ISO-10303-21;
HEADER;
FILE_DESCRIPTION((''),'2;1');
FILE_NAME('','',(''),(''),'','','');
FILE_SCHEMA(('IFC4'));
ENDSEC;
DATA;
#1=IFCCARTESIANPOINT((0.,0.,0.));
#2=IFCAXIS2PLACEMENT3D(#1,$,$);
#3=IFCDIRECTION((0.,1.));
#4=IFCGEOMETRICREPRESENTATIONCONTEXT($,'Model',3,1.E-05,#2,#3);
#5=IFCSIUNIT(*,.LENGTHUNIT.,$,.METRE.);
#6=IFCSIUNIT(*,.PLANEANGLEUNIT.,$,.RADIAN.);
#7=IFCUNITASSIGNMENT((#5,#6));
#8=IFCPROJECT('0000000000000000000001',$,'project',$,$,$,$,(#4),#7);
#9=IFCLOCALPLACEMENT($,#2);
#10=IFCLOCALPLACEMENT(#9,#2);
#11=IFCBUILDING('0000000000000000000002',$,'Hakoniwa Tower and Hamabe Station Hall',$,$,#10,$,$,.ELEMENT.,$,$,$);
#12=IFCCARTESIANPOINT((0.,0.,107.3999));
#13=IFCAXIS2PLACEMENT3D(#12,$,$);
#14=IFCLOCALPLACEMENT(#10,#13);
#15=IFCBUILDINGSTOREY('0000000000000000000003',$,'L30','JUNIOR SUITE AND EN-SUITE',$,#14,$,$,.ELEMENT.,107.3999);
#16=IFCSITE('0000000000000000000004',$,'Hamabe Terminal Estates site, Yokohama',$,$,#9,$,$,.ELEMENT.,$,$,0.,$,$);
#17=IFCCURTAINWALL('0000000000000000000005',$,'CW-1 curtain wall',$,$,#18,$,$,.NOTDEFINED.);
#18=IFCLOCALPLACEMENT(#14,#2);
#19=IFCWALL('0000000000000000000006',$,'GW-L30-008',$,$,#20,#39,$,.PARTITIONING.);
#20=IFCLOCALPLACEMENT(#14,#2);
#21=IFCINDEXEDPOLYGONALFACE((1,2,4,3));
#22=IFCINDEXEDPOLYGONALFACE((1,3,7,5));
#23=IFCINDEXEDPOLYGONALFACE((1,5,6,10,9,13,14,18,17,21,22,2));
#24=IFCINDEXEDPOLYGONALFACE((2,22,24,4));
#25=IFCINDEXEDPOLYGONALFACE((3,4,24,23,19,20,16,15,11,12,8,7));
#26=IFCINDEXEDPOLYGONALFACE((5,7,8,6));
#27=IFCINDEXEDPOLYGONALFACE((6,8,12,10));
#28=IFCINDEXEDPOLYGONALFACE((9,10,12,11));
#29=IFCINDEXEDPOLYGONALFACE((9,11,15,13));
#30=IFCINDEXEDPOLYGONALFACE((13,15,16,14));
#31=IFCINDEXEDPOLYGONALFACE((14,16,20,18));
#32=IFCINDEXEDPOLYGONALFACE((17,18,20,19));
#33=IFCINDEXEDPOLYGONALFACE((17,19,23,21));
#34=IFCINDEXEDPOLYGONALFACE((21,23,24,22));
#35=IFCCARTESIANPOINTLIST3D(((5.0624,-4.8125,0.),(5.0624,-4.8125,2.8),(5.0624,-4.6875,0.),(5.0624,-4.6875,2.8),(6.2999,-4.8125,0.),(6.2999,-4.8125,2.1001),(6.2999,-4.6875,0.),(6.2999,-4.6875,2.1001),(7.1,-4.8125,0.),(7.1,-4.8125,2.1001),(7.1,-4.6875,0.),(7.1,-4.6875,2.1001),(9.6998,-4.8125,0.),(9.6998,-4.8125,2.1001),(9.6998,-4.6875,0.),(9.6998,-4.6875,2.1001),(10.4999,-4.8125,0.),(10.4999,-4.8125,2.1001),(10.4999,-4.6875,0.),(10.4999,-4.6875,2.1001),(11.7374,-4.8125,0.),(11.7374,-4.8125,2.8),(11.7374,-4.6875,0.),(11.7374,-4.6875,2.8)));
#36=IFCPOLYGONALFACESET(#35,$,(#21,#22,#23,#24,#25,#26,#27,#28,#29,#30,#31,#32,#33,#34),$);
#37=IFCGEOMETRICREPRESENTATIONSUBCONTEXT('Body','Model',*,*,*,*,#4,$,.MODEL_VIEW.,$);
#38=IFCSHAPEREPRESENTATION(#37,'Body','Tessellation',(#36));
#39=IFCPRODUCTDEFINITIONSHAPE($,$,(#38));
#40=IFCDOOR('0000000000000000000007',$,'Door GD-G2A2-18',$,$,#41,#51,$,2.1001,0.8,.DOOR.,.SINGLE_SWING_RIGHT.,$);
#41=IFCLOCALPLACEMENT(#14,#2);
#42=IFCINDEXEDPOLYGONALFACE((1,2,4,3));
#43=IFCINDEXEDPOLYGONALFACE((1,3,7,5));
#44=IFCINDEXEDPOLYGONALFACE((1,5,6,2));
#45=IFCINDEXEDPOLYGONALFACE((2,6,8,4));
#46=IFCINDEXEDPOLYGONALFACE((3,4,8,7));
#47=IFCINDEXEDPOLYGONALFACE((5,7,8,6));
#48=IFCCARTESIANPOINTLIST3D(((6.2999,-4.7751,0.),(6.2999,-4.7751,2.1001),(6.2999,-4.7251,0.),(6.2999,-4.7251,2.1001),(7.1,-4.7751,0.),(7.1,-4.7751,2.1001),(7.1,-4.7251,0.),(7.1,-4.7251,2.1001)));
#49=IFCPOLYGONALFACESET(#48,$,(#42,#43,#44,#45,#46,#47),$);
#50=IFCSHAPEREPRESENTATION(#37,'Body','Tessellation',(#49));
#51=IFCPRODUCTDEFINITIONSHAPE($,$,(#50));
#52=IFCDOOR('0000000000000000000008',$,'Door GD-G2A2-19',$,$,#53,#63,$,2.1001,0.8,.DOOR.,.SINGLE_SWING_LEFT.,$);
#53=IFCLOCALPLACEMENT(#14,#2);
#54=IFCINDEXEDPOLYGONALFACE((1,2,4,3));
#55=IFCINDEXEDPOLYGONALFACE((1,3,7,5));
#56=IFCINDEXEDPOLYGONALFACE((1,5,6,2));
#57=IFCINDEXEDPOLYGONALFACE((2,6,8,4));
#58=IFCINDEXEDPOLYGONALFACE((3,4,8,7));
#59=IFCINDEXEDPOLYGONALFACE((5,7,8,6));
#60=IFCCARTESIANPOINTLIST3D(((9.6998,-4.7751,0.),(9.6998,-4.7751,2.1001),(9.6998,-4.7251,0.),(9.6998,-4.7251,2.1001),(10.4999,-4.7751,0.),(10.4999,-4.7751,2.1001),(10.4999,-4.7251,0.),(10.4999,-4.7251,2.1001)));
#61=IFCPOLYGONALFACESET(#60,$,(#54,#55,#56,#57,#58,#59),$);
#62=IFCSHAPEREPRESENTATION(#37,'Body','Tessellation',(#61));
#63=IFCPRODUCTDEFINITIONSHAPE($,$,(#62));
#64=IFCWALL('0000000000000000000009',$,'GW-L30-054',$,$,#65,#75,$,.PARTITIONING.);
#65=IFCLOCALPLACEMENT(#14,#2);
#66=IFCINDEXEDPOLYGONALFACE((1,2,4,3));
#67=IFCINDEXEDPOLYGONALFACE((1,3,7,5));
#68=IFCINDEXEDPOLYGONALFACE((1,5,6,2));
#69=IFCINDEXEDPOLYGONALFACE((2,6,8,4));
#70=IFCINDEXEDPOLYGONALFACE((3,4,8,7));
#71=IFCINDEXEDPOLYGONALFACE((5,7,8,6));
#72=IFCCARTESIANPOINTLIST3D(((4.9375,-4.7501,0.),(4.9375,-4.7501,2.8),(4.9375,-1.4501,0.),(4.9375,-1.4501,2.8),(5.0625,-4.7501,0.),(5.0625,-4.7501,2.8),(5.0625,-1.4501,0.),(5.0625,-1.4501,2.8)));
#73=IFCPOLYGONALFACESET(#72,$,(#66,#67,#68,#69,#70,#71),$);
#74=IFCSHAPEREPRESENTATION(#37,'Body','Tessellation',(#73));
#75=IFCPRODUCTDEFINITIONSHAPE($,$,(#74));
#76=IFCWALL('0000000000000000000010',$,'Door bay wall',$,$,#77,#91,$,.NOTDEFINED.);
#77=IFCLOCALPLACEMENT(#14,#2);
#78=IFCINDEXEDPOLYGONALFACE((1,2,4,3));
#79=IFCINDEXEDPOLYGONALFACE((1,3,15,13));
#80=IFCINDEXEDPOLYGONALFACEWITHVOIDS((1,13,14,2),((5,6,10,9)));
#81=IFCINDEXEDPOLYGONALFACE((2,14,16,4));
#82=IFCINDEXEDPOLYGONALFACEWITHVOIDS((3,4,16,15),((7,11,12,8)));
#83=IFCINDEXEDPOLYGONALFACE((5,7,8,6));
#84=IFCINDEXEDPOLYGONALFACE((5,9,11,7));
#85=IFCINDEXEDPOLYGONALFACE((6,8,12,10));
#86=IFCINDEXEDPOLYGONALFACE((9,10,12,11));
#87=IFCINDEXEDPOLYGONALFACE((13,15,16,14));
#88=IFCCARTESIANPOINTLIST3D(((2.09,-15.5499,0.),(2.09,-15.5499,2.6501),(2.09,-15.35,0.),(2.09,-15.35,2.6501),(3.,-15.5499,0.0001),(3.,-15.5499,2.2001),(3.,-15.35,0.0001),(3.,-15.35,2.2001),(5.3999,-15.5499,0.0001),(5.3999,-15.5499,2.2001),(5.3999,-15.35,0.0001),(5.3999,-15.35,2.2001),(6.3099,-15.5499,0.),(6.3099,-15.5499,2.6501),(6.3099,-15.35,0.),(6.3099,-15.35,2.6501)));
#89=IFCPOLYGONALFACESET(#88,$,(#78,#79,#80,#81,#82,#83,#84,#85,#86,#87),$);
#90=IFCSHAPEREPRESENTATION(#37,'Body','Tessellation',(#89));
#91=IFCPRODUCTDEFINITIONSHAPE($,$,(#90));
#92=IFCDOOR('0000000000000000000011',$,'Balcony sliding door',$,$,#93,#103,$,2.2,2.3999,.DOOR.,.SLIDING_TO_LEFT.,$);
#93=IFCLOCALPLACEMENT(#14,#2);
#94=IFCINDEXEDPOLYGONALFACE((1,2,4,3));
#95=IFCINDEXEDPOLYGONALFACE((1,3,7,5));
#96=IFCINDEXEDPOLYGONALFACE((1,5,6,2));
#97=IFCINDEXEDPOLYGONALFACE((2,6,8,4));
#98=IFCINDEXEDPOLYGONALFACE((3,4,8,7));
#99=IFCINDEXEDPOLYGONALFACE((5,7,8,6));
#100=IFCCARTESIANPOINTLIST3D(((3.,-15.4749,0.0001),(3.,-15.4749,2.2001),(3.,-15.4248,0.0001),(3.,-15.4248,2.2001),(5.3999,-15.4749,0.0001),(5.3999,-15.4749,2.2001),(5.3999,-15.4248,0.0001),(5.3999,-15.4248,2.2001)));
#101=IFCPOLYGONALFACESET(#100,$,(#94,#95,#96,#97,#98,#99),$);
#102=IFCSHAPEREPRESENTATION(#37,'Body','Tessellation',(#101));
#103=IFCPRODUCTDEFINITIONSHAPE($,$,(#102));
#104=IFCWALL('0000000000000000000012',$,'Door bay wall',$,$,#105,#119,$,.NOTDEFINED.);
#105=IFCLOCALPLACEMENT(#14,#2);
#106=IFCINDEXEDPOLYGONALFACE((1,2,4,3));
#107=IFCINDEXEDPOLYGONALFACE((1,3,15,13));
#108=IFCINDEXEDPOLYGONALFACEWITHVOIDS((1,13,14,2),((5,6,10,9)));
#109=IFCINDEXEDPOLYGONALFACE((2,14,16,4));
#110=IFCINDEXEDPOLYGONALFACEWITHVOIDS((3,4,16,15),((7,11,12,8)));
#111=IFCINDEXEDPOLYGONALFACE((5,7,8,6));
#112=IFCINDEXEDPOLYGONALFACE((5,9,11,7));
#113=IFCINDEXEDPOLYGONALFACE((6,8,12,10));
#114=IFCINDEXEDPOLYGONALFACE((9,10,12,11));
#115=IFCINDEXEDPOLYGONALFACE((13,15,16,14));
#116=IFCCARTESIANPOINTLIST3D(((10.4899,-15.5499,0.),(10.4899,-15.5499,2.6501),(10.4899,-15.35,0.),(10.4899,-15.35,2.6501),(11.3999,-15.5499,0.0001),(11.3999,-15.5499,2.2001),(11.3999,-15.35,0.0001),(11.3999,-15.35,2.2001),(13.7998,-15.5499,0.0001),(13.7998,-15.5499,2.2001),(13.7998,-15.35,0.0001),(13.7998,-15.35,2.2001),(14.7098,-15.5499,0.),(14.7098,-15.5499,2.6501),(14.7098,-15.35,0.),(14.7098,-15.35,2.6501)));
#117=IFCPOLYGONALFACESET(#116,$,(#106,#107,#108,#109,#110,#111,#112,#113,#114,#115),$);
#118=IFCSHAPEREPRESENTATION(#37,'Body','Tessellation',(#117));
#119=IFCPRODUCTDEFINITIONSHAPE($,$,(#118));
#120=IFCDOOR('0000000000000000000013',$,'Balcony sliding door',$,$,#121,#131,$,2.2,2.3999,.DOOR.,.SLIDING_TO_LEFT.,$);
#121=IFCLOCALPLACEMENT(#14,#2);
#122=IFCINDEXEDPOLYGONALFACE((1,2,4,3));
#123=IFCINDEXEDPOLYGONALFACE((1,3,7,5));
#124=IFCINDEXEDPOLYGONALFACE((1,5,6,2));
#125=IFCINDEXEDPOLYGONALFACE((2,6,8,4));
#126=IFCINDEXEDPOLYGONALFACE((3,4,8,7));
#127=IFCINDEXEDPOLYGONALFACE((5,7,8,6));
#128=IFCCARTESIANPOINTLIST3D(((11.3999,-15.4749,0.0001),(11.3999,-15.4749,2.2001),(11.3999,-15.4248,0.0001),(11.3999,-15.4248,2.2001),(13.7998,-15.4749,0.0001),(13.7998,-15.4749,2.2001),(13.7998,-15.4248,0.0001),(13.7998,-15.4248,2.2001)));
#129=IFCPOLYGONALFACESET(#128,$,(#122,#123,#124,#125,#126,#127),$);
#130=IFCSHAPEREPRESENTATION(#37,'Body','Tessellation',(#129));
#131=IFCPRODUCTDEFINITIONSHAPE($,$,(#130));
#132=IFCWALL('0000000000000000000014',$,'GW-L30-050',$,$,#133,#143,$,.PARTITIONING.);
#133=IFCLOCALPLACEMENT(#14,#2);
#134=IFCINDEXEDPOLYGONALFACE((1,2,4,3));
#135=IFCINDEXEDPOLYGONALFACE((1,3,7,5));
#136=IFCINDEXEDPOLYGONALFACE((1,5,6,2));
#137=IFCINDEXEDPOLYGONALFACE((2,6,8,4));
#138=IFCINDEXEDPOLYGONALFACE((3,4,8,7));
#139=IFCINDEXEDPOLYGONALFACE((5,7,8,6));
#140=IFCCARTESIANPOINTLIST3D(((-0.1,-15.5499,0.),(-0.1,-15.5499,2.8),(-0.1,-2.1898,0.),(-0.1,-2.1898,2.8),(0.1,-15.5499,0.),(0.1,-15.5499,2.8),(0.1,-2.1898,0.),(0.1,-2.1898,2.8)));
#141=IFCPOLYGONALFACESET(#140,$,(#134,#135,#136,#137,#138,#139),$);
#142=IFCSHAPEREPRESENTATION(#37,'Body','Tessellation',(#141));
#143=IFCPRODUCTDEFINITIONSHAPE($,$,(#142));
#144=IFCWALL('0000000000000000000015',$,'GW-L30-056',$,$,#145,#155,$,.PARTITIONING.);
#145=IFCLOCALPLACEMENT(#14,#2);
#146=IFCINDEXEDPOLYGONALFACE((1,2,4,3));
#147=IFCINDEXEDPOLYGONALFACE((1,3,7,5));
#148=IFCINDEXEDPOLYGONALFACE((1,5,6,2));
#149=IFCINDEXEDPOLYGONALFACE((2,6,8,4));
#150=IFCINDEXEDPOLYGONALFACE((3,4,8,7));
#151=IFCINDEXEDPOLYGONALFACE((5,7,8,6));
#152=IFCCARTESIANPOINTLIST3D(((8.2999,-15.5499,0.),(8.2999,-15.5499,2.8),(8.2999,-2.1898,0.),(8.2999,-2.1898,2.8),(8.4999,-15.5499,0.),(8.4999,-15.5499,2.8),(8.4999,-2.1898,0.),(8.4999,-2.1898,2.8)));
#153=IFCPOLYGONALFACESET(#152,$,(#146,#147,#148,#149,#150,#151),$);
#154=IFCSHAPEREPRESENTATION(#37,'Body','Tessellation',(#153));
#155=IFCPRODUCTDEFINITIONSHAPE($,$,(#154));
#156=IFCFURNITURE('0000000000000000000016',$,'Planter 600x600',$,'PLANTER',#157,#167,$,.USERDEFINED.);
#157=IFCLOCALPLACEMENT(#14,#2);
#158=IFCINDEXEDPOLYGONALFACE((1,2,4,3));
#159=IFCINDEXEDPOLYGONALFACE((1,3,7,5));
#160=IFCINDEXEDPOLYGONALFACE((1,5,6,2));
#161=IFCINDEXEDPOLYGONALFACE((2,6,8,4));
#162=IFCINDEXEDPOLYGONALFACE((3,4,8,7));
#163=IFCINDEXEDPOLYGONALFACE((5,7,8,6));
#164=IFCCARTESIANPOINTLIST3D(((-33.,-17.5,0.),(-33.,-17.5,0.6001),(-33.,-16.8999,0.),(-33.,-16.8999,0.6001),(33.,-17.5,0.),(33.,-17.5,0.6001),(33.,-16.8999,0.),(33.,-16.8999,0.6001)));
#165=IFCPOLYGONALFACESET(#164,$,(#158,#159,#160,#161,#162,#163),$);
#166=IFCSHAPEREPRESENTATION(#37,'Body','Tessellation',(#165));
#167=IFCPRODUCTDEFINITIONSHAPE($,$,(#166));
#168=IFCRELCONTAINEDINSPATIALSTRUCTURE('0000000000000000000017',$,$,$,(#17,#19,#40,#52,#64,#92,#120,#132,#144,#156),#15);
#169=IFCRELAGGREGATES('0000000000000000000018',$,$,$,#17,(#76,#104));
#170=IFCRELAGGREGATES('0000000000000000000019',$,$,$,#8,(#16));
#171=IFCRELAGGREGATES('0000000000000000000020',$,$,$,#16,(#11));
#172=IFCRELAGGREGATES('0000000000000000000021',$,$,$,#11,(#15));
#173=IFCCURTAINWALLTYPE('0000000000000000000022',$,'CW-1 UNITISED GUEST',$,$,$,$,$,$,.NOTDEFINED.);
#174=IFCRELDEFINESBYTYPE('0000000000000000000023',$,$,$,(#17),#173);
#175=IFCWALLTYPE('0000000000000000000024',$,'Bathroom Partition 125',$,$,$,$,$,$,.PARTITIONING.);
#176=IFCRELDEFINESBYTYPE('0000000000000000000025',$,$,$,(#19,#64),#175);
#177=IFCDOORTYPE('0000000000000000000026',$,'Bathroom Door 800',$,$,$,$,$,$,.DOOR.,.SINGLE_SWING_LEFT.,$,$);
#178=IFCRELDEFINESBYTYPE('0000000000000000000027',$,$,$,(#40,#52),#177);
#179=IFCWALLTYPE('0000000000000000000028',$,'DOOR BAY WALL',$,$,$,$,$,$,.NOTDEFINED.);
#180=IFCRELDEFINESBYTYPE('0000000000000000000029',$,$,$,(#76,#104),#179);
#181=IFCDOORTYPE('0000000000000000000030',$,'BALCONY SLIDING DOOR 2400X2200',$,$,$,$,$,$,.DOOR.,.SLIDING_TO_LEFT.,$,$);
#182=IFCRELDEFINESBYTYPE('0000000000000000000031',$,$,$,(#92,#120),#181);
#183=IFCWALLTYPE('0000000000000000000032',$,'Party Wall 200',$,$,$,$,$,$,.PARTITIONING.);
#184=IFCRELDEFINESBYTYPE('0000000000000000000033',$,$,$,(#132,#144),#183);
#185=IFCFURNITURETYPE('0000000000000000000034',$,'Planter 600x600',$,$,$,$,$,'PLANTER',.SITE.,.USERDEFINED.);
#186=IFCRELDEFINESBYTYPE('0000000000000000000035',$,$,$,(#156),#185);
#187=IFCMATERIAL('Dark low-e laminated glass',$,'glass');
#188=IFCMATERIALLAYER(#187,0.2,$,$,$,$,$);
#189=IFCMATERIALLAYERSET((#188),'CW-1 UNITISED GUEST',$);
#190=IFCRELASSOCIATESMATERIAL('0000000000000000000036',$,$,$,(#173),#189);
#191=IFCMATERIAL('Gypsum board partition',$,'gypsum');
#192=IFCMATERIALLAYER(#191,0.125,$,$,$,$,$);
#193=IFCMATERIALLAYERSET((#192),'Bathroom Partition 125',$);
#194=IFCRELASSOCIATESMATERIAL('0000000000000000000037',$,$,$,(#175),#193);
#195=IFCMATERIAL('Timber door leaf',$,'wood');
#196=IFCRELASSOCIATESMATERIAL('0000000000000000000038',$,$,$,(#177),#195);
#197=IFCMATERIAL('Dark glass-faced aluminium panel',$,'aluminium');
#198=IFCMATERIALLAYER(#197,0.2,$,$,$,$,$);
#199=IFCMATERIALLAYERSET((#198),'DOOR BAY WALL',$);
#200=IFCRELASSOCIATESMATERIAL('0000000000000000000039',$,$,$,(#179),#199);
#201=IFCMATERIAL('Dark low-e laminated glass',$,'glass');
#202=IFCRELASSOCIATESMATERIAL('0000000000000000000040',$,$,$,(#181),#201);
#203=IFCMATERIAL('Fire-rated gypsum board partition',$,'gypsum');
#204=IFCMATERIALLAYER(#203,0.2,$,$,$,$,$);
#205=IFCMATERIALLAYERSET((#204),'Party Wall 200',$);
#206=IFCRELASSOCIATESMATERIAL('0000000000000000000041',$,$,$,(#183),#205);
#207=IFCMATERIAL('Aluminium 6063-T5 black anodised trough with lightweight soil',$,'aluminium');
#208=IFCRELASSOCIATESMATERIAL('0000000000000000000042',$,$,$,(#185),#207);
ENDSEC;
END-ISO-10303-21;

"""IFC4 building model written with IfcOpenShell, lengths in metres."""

from ifc_helpers import new_model, si_unit, direction, frame, frame_2d, origin, origin_2d, place, context, subcontext, project, spatial, rectangle, extrude, material, layer, layer_set, type_object, element, fill, aggregate, save


model = new_model("IFC4")

# Units and contexts
model_context = context("Model", 3, precision=1e-05, world=origin(), true_north=direction((0.0, 1.0)))
body_context = subcontext(model_context, "Body", "Model", "MODEL_VIEW")
ifc_project = project(units=[si_unit("LENGTHUNIT", "METRE"), si_unit("PLANEANGLEUNIT", "RADIAN")], contexts=[model_context])

# Site, building, storey
site_placement = place(None, origin())
site = spatial("IfcSite", under=ifc_project, at=site_placement, Name="Hamabe Terminal Estates site, Yokohama", CompositionType="ELEMENT", RefElevation=0.0)
building_placement = place(site_placement, origin())
building = spatial("IfcBuilding", under=site, at=building_placement, Name="Hakoniwa Tower and Hamabe Station Hall", CompositionType="ELEMENT")
storey_placement = place(building_placement, frame((0.0, 0.0, 107.3999)))
storey = spatial("IfcBuildingStorey", under=building, at=storey_placement, Name="L30", Description="JUNIOR SUITE AND EN-SUITE", CompositionType="ELEMENT", Elevation=107.3999)

# Shared definitions
ifc_material_1 = material(Name="Dark low-e laminated glass", Category="glass")
ifc_layer_1 = layer(ifc_material_1, 0.2)
ifc_layer_set_1 = layer_set([ifc_layer_1], Name="CW-1 UNITISED GUEST")
curtain_wall_type = type_object("IfcCurtainWallType", Name="CW-1 UNITISED GUEST", PredefinedType="NOTDEFINED", material=ifc_layer_set_1)

# Curtain wall
curtain_wall_1_placement = place(storey_placement, origin())
curtain_wall_1 = element("IfcCurtainWall", 1, at=curtain_wall_1_placement, inside=storey, type_object=curtain_wall_type, Name="CW-1 curtain wall", PredefinedType="NOTDEFINED")

# Wall, openings, doors
ifc_material_2 = material(Name="Gypsum board partition", Category="gypsum")
ifc_layer_2 = layer(ifc_material_2, 0.125)
ifc_layer_set_2 = layer_set([ifc_layer_2], Name="Bathroom Partition 125")
wall_type_1 = type_object("IfcWallType", Name="Bathroom Partition 125", PredefinedType="PARTITIONING", material=ifc_layer_set_2)
wall_1_placement = place(storey_placement, frame((5.0625, -4.75, 0.0), z_axis=(0.0, 0.0, 1.0), x_axis=(1.0, 0.0, 0.0)))
wall_1 = element("IfcWall", 2, at=wall_1_placement, inside=storey, type_object=wall_type_1, Name="GW-L30-008", PredefinedType="PARTITIONING", context=body_context, shape_type="SweptSolid", body=[
    extrude(rectangle(XDim=6.675, YDim=0.125, at=frame_2d((3.3374, 0.0))), origin(), (0.0, 0.0, 1.0), 2.8),
])
opening_1_placement = place(wall_1_placement, frame((1.2375, 0.0, 0.0)))
opening_1 = element("IfcOpeningElement", 3, at=opening_1_placement, cuts=wall_1, PredefinedType="OPENING", context=body_context, shape_type="SweptSolid", body=[
    extrude(rectangle(XDim=0.8, YDim=2.1001, at=frame_2d((0.3999, 1.05))), frame((0.0, 0.0725, 0.0), z_axis=(0.0, -1.0, 0.0), x_axis=(1.0, 0.0, 0.0)), (0.0, 0.0, 1.0), 0.145),
])
opening_2_placement = place(wall_1_placement, frame((4.6375, 0.0, 0.0)))
opening_2 = element("IfcOpeningElement", 4, at=opening_2_placement, cuts=wall_1, PredefinedType="OPENING", context=body_context, shape_type="SweptSolid", body=[
    extrude(rectangle(XDim=0.8, YDim=2.1001, at=frame_2d((0.3999, 1.05))), frame((0.0, 0.0725, 0.0), z_axis=(0.0, -1.0, 0.0), x_axis=(1.0, 0.0, 0.0)), (0.0, 0.0, 1.0), 0.145),
])
ifc_material_3 = material(Name="Timber door leaf", Category="wood")
door_type_1 = type_object("IfcDoorType", Name="Bathroom Door 800", OperationType="SINGLE_SWING_LEFT", PredefinedType="DOOR", material=ifc_material_3)
door_1_placement = place(opening_1_placement, origin())
door_1 = element("IfcDoor", 5, at=door_1_placement, inside=storey, type_object=door_type_1, Name="Door GD-G2A2-18", OperationType="SINGLE_SWING_RIGHT", OverallHeight=2.1001, OverallWidth=0.8, PredefinedType="DOOR", context=body_context, shape_type="SweptSolid", body=[
    extrude(rectangle(XDim=0.8, YDim=2.1001, at=frame_2d((0.3999, 1.05))), frame((0.0, 0.0249, 0.0), z_axis=(0.0, -1.0, 0.0), x_axis=(1.0, 0.0, 0.0)), (0.0, 0.0, 1.0), 0.05),
])
fill(opening_1, door_1)
door_2_placement = place(opening_2_placement, origin())
door_2 = element("IfcDoor", 6, at=door_2_placement, inside=storey, type_object=door_type_1, Name="Door GD-G2A2-19", OperationType="SINGLE_SWING_LEFT", OverallHeight=2.1001, OverallWidth=0.8, PredefinedType="DOOR", context=body_context, shape_type="SweptSolid", body=[
    extrude(rectangle(XDim=0.8, YDim=2.1001, at=frame_2d((0.3999, 1.05))), frame((0.0, 0.0249, 0.0), z_axis=(0.0, -1.0, 0.0), x_axis=(1.0, 0.0, 0.0)), (0.0, 0.0, 1.0), 0.05),
])
fill(opening_2, door_2)

# Wall
wall_2_placement = place(storey_placement, frame((5.0, -4.75, 0.0), z_axis=(0.0, 0.0, 1.0), x_axis=(0.0, 1.0, 0.0)))
element("IfcWall", 7, at=wall_2_placement, inside=storey, type_object=wall_type_1, Name="GW-L30-054", PredefinedType="PARTITIONING", context=body_context, shape_type="SweptSolid", body=[
    extrude(rectangle(XDim=3.3, YDim=0.125, at=frame_2d((1.6499, 0.0))), origin(), (0.0, 0.0, 1.0), 2.8),
])

# Walls, openings, doors
ifc_material_4 = material(Name="Dark glass-faced aluminium panel", Category="aluminium")
ifc_layer_3 = layer(ifc_material_4, 0.2)
ifc_layer_set_3 = layer_set([ifc_layer_3], Name="DOOR BAY WALL")
wall_type_2 = type_object("IfcWallType", Name="DOOR BAY WALL", PredefinedType="NOTDEFINED", material=ifc_layer_set_3)
wall_3_placement = place(storey_placement, frame((2.0901, -15.45, 0.0), z_axis=(0.0, 0.0, 1.0), x_axis=(1.0, 0.0, 0.0)))
wall_3 = element("IfcWall", 8, at=wall_3_placement, type_object=wall_type_2, Name="Door bay wall", PredefinedType="NOTDEFINED", context=body_context, shape_type="SweptSolid", body=[
    extrude(rectangle(XDim=4.22, YDim=0.2, at=frame_2d((2.1099, 0.0))), origin(), (0.0, 0.0, 1.0), 2.6501),
])
opening_3_placement = place(wall_3_placement, frame((0.9099, 0.0, 0.0)))
opening_3 = element("IfcOpeningElement", 9, at=opening_3_placement, cuts=wall_3, PredefinedType="OPENING", context=body_context, shape_type="SweptSolid", body=[
    extrude(rectangle(XDim=2.3999, YDim=2.2, at=frame_2d((1.2, 1.1001))), frame((0.0, 0.1099, 0.0), z_axis=(0.0, -1.0, 0.0), x_axis=(1.0, 0.0, 0.0)), (0.0, 0.0, 1.0), 0.22),
])
ifc_material_5 = material(Name="Dark low-e laminated glass", Category="glass")
door_type_2 = type_object("IfcDoorType", Name="BALCONY SLIDING DOOR 2400X2200", OperationType="SLIDING_TO_LEFT", PredefinedType="DOOR", material=ifc_material_5)
door_3_placement = place(opening_3_placement, frame((2.3999, 0.0, 0.0), z_axis=(0.0, 0.0, 1.0), x_axis=(-1.0, 0.0, 0.0)))
door_3 = element("IfcDoor", 10, at=door_3_placement, inside=storey, type_object=door_type_2, Name="Balcony sliding door", OperationType="SLIDING_TO_LEFT", OverallHeight=2.2, OverallWidth=2.3999, PredefinedType="DOOR", context=body_context, shape_type="SweptSolid", body=[
    extrude(rectangle(XDim=2.3999, YDim=2.2, at=frame_2d((1.2, 1.1001))), frame((0.0, 0.0249, 0.0), z_axis=(0.0, -1.0, 0.0), x_axis=(1.0, 0.0, 0.0)), (0.0, 0.0, 1.0), 0.05),
])
fill(opening_3, door_3)
wall_4_placement = place(storey_placement, frame((10.49, -15.45, 0.0), z_axis=(0.0, 0.0, 1.0), x_axis=(1.0, 0.0, 0.0)))
wall_4 = element("IfcWall", 11, at=wall_4_placement, type_object=wall_type_2, Name="Door bay wall", PredefinedType="NOTDEFINED", context=body_context, shape_type="SweptSolid", body=[
    extrude(rectangle(XDim=4.22, YDim=0.2, at=frame_2d((2.1099, 0.0))), origin(), (0.0, 0.0, 1.0), 2.6501),
])
opening_4_placement = place(wall_4_placement, frame((0.9099, 0.0, 0.0)))
opening_4 = element("IfcOpeningElement", 12, at=opening_4_placement, cuts=wall_4, PredefinedType="OPENING", context=body_context, shape_type="SweptSolid", body=[
    extrude(rectangle(XDim=2.3999, YDim=2.2, at=frame_2d((1.2, 1.1001))), frame((0.0, 0.1099, 0.0), z_axis=(0.0, -1.0, 0.0), x_axis=(1.0, 0.0, 0.0)), (0.0, 0.0, 1.0), 0.22),
])
door_4_placement = place(opening_4_placement, frame((2.3999, 0.0, 0.0), z_axis=(0.0, 0.0, 1.0), x_axis=(-1.0, 0.0, 0.0)))
door_4 = element("IfcDoor", 13, at=door_4_placement, inside=storey, type_object=door_type_2, Name="Balcony sliding door", OperationType="SLIDING_TO_LEFT", OverallHeight=2.2, OverallWidth=2.3999, PredefinedType="DOOR", context=body_context, shape_type="SweptSolid", body=[
    extrude(rectangle(XDim=2.3999, YDim=2.2, at=frame_2d((1.2, 1.1001))), frame((0.0, 0.0249, 0.0), z_axis=(0.0, -1.0, 0.0), x_axis=(1.0, 0.0, 0.0)), (0.0, 0.0, 1.0), 0.05),
])
fill(opening_4, door_4)
aggregate(curtain_wall_1, [wall_3, wall_4])

# Walls
ifc_material_6 = material(Name="Fire-rated gypsum board partition", Category="gypsum")
ifc_layer_4 = layer(ifc_material_6, 0.2)
ifc_layer_set_4 = layer_set([ifc_layer_4], Name="Party Wall 200")
wall_type_3 = type_object("IfcWallType", Name="Party Wall 200", PredefinedType="PARTITIONING", material=ifc_layer_set_4)
for number, where, z_axis, x_axis, name in (
    (14, (0.0, -15.55, 0.0), (0.0, 0.0, 1.0), (0.0, 1.0, 0.0), "GW-L30-050"),
    (15, (8.3999, -15.55, 0.0), (0.0, 0.0, 1.0), (0.0, 1.0, 0.0), "GW-L30-056"),
):
    element("IfcWall", number, at=place(storey_placement, frame(where, z_axis=z_axis, x_axis=x_axis)), inside=storey, type_object=wall_type_3, Name=name, PredefinedType="PARTITIONING", context=body_context, shape_type="SweptSolid", body=[
        extrude(rectangle(XDim=13.3601, YDim=0.2, at=frame_2d((6.6802, 0.0))), origin(), (0.0, 0.0, 1.0), 2.8),
    ])

# Furniture
ifc_material_7 = material(Name="Aluminium 6063-T5 black anodised trough with lightweight soil", Category="aluminium")
furniture_type = type_object("IfcFurnitureType", Name="Planter 600x600", ElementType="PLANTER", AssemblyPlace="SITE", PredefinedType="USERDEFINED", material=ifc_material_7)
furniture_placement = place(storey_placement, frame((0.0, -17.2, 0.0), z_axis=(0.0, 0.0, 1.0), x_axis=(1.0, 0.0, 0.0)))
element("IfcFurniture", 16, at=furniture_placement, inside=storey, type_object=furniture_type, Name="Planter 600x600", ObjectType="PLANTER", PredefinedType="USERDEFINED", context=body_context, shape_type="SweptSolid", body=[
    extrude(rectangle(XDim=66.0, YDim=0.6001, at=origin_2d()), origin(), (0.0, 0.0, 1.0), 0.6001),
])

save(model, "model.ifc")
